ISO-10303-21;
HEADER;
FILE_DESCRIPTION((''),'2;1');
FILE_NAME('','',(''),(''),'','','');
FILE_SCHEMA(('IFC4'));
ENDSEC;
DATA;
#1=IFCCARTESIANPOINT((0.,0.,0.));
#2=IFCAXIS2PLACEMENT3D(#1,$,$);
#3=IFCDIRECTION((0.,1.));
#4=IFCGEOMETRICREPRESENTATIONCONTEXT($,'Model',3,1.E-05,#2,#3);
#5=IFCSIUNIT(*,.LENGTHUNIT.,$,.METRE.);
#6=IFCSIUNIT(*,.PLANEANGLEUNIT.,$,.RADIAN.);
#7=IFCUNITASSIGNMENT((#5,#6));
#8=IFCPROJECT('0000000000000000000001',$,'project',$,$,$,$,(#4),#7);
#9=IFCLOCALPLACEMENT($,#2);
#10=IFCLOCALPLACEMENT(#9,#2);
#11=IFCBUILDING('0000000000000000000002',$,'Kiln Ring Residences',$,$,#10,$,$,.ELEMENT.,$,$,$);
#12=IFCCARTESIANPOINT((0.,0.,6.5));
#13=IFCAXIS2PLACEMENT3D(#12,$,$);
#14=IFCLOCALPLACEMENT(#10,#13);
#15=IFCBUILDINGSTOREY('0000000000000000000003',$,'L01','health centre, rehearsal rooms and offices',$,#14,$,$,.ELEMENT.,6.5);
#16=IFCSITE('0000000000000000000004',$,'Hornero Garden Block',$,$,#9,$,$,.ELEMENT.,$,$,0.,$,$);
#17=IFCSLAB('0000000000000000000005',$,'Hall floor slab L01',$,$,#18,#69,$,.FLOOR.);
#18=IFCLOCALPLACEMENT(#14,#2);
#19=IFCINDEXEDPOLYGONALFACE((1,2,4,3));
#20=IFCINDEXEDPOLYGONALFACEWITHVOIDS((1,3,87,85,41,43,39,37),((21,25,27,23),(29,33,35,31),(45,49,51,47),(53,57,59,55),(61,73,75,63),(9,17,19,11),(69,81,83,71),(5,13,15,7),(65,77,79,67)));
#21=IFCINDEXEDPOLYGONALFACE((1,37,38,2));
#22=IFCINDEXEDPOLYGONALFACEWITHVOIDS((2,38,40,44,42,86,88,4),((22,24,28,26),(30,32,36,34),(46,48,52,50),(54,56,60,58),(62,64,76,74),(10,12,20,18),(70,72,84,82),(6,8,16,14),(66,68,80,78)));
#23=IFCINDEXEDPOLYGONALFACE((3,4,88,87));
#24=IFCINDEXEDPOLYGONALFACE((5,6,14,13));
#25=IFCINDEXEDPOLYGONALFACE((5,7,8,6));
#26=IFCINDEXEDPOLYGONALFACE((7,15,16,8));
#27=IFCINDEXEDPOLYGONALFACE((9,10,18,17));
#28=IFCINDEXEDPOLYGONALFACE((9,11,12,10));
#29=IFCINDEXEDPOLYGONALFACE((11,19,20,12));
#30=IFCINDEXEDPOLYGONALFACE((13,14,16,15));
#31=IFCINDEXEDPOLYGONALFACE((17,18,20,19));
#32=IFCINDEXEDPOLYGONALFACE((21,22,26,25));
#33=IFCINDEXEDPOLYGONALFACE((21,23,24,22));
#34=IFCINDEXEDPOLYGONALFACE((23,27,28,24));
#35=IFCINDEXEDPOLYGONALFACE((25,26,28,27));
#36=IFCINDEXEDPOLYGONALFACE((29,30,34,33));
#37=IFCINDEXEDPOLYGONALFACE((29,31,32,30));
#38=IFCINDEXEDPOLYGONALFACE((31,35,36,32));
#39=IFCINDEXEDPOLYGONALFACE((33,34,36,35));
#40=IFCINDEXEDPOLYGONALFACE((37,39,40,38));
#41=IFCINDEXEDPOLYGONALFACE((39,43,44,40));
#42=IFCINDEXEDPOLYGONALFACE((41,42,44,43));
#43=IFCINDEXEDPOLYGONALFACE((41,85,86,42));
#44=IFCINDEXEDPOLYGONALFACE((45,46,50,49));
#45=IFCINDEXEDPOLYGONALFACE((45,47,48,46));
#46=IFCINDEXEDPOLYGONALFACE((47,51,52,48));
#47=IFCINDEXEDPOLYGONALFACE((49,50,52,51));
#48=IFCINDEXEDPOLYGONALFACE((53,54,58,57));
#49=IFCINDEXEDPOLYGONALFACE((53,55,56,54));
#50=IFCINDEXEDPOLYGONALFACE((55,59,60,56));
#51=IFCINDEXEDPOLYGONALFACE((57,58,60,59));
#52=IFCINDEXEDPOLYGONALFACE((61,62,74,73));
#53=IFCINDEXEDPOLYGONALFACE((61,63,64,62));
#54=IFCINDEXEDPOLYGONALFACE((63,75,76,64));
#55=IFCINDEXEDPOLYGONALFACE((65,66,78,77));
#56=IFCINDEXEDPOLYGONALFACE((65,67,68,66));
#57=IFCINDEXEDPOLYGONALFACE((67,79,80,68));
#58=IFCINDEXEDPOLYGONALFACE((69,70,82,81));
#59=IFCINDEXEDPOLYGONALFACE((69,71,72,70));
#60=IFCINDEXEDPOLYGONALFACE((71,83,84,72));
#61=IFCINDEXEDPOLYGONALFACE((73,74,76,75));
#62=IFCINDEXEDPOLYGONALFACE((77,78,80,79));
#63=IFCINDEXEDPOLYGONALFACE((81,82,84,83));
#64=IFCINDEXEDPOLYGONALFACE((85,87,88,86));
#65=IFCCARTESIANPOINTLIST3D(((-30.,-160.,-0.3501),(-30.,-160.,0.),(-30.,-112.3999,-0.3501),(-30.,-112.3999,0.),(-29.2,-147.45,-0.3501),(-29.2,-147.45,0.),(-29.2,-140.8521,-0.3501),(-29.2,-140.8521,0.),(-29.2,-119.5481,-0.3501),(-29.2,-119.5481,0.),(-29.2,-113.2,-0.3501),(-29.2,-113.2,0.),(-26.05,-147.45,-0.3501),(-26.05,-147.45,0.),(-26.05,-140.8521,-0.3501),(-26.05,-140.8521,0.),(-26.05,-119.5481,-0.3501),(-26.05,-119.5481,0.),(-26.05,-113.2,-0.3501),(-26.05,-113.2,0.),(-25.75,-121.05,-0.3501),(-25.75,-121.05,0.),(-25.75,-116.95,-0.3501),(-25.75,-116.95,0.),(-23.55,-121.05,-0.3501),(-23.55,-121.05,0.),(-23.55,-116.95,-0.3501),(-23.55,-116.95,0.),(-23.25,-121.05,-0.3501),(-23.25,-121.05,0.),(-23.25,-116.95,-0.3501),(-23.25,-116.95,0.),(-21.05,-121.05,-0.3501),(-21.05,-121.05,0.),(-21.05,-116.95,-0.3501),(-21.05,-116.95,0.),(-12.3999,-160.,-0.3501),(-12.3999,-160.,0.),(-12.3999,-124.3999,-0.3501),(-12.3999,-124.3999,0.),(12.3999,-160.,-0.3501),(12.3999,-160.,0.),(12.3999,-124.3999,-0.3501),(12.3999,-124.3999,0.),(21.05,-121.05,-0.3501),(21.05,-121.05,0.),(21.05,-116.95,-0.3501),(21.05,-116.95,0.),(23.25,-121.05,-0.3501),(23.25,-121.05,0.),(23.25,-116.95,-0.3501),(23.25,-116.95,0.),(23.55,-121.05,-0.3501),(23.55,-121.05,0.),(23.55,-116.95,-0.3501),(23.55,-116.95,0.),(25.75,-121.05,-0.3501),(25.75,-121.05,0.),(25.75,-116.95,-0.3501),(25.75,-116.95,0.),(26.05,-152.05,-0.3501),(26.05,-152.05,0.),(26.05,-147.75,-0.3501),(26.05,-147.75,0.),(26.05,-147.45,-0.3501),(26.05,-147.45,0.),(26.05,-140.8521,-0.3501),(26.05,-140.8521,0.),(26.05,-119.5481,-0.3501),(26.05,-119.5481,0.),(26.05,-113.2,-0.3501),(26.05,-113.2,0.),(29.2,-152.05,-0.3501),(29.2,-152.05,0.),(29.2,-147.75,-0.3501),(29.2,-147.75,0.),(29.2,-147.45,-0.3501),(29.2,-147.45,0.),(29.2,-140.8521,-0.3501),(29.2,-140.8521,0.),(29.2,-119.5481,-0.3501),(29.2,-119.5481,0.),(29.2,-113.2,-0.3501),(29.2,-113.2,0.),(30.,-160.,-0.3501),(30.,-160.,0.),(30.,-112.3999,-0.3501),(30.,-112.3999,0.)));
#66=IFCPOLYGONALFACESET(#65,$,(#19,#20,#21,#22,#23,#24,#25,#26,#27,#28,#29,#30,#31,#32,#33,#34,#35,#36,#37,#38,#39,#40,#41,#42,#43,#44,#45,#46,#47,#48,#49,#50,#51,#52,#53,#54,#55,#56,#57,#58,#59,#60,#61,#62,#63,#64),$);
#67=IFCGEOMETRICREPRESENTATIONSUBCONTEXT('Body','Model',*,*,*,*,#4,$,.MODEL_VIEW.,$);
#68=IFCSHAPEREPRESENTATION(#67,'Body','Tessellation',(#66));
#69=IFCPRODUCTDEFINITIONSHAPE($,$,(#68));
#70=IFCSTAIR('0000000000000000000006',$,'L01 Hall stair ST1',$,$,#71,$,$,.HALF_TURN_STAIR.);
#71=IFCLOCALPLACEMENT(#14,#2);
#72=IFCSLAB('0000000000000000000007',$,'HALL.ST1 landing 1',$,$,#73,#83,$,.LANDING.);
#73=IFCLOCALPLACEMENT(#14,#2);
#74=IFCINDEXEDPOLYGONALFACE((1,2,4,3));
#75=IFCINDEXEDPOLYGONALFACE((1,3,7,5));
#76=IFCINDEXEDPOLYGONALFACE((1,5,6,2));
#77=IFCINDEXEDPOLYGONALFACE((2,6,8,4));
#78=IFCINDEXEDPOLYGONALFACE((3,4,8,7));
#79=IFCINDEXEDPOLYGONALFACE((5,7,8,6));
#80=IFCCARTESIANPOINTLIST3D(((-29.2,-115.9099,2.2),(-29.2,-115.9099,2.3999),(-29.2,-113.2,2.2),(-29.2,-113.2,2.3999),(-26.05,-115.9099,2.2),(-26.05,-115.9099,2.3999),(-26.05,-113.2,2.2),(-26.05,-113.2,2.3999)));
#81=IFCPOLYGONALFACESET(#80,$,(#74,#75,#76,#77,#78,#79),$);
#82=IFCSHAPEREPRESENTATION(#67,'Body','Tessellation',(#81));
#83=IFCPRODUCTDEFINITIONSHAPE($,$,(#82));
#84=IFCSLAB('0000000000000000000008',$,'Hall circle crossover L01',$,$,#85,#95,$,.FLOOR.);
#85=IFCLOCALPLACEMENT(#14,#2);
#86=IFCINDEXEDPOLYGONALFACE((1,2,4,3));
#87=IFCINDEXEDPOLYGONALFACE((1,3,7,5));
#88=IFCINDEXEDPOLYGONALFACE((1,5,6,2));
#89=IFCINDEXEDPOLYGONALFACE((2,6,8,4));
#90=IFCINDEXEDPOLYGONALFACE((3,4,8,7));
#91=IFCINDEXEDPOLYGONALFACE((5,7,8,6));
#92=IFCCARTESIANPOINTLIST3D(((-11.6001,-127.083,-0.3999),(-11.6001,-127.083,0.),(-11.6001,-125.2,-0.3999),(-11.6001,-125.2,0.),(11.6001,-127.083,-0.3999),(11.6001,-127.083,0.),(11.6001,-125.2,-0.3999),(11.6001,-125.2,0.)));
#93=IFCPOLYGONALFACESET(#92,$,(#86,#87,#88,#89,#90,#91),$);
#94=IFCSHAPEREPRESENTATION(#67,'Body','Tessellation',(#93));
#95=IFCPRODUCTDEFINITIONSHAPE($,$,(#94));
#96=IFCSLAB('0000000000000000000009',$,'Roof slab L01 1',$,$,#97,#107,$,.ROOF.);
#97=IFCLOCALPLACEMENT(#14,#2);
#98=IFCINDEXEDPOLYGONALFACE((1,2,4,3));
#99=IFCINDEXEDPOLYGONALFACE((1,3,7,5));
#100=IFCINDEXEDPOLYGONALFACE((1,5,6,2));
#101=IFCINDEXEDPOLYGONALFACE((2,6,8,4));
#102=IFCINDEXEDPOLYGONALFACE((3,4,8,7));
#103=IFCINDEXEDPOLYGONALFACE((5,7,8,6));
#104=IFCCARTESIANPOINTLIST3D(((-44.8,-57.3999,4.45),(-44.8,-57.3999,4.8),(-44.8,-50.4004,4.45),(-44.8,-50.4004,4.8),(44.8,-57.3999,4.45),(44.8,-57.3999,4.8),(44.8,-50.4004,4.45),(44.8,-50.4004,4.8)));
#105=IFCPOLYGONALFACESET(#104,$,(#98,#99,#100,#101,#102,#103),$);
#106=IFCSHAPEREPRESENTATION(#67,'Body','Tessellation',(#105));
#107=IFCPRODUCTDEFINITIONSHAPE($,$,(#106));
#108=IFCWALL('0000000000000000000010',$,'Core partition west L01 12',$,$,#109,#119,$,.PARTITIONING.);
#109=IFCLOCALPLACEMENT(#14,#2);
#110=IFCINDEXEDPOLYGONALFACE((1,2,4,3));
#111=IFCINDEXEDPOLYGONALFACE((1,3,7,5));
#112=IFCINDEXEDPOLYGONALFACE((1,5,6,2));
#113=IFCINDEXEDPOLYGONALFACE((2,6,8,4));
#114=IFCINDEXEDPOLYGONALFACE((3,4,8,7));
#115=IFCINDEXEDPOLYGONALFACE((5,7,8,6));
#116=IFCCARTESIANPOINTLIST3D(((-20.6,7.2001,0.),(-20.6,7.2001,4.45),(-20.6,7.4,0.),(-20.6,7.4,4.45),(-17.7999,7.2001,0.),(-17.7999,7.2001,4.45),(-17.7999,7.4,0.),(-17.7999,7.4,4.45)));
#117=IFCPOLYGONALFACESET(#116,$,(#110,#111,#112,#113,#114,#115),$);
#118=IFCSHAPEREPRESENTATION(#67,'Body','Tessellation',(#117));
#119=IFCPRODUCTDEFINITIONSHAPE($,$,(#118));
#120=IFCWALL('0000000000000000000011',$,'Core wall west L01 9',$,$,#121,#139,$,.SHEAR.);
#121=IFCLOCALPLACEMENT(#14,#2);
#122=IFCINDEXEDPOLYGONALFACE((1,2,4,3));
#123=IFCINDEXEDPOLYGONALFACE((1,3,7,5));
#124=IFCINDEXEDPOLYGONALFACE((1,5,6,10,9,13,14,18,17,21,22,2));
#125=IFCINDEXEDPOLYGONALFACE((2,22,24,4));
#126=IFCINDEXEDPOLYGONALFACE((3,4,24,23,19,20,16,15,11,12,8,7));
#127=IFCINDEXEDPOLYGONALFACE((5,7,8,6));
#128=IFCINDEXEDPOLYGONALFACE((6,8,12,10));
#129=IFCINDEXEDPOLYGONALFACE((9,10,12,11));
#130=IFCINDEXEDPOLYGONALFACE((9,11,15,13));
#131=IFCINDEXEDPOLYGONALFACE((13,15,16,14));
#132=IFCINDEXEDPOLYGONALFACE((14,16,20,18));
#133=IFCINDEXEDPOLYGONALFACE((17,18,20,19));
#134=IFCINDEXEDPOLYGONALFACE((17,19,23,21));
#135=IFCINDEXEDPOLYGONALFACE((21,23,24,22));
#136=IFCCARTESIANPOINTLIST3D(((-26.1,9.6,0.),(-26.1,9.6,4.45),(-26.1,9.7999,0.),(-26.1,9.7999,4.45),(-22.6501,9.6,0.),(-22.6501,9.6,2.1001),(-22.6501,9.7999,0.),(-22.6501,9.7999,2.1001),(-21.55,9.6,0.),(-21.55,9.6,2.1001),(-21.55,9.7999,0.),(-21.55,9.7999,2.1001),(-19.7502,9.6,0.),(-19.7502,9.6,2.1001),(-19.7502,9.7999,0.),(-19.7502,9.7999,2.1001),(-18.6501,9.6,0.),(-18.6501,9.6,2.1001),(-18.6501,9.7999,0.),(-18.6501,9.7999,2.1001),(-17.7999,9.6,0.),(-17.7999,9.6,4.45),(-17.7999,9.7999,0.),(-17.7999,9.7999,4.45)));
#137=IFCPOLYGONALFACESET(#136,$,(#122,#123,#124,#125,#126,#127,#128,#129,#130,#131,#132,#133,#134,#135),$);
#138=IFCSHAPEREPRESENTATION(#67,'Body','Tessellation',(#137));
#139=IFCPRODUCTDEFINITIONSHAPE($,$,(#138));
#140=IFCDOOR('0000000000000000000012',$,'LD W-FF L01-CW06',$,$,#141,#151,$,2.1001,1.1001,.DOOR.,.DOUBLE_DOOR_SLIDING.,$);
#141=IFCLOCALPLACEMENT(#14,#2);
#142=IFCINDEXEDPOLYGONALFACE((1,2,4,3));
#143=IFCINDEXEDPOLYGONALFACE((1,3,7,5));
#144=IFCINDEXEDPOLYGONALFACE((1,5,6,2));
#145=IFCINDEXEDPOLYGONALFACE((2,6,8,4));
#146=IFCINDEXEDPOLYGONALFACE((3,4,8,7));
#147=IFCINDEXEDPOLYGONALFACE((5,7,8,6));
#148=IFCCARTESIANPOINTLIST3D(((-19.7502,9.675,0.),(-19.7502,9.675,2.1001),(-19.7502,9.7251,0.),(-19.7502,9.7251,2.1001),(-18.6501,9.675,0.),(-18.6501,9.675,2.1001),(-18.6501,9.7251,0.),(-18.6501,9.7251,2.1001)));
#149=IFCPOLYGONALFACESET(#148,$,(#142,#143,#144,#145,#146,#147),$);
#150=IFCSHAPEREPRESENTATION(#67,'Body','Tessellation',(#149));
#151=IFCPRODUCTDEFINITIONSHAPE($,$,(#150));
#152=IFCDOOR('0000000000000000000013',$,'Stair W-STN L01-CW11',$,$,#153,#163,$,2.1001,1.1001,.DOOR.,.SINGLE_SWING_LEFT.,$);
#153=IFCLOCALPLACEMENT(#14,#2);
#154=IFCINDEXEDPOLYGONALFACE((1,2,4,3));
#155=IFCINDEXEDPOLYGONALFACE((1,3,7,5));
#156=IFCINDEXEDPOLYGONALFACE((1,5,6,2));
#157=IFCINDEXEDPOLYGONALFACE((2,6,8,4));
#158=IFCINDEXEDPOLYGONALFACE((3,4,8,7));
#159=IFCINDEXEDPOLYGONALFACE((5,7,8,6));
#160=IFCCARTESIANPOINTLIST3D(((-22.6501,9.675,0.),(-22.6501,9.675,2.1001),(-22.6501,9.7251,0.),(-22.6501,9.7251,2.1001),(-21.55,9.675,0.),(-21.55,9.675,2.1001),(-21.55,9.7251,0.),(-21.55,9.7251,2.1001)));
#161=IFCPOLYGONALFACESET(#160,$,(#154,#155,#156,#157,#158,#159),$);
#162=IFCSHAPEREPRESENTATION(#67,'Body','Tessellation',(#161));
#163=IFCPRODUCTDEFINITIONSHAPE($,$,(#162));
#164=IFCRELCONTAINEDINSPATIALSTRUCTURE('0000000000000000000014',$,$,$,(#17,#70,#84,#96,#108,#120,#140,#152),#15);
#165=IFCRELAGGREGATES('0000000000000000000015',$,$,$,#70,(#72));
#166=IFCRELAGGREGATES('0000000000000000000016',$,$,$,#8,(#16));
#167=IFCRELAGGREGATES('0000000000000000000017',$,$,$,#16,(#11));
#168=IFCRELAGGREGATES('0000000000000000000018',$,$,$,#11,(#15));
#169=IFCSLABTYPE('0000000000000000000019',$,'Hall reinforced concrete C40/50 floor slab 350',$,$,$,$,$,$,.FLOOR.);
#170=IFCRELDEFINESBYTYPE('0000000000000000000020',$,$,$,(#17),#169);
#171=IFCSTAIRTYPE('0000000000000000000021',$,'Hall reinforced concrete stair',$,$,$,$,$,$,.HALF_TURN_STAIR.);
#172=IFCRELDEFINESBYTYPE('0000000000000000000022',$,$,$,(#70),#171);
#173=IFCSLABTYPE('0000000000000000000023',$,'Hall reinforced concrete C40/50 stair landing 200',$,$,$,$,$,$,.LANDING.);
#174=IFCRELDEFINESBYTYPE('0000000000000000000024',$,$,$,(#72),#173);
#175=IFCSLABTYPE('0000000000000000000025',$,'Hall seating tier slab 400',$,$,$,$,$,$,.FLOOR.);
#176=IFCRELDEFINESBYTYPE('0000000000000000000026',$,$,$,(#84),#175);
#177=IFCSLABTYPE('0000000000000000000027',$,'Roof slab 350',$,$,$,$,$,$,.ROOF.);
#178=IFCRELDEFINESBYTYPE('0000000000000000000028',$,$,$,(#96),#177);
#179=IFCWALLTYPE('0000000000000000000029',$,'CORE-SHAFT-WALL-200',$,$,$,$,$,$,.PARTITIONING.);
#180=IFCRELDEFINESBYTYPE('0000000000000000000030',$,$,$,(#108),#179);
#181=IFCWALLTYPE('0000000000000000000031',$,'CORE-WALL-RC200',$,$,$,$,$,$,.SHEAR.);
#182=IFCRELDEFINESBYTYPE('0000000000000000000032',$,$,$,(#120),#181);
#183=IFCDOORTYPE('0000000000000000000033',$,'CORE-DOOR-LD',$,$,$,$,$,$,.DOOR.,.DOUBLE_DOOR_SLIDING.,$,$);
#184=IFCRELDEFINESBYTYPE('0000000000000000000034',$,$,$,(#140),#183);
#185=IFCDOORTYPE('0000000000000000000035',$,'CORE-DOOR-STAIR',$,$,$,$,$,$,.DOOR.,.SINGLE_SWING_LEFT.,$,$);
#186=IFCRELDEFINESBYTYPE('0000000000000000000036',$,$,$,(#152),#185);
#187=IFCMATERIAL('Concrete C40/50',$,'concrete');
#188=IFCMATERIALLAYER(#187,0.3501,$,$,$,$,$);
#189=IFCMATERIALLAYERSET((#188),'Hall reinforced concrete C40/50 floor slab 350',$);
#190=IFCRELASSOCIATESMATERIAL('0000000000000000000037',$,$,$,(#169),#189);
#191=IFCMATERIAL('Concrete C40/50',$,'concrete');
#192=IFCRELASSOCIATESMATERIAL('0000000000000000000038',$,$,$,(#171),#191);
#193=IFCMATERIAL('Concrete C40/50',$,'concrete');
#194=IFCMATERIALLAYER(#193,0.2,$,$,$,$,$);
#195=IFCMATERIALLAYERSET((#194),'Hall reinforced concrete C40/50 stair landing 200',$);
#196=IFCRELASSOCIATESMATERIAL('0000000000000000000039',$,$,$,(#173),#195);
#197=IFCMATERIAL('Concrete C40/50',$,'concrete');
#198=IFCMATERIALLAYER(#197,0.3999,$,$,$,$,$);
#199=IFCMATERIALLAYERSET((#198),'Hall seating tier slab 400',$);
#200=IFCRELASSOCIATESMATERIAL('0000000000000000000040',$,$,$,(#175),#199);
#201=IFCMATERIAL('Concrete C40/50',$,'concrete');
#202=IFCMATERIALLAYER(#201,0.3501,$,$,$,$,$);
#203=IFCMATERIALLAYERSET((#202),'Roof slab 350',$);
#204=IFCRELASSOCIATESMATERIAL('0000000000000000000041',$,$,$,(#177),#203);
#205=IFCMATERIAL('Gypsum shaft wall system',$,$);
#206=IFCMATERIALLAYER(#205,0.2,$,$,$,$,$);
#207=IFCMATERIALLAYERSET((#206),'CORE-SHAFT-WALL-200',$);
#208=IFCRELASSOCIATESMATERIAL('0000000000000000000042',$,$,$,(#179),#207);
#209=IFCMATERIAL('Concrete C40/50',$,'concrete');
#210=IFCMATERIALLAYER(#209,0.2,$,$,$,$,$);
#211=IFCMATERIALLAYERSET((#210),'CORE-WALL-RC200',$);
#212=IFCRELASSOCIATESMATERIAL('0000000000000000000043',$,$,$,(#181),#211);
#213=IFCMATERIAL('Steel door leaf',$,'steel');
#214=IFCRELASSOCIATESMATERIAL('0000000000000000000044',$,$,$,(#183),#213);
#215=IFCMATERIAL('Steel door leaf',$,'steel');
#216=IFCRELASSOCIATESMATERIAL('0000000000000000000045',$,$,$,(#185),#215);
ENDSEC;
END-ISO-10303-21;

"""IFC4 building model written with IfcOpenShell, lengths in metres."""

from ifc_helpers import new_model, si_unit, direction, frame, frame_2d, origin, place, context, subcontext, project, spatial, polyline, rectangle, outline, extrude, material, layer, layer_set, type_object, element, fill, aggregate, save


model = new_model("IFC4")

# Units and contexts
model_context = context("Model", 3, precision=1e-05, world=origin(), true_north=direction((0.0, 1.0)))
body_context = subcontext(model_context, "Body", "Model", "MODEL_VIEW")
ifc_project = project(units=[si_unit("LENGTHUNIT", "METRE"), si_unit("PLANEANGLEUNIT", "RADIAN")], contexts=[model_context])

# Site, building, storey
site_placement = place(None, origin())
site = spatial("IfcSite", under=ifc_project, at=site_placement, Name="Hornero Garden Block", CompositionType="ELEMENT", RefElevation=0.0)
building_placement = place(site_placement, origin())
building = spatial("IfcBuilding", under=site, at=building_placement, Name="Kiln Ring Residences", CompositionType="ELEMENT")
storey_placement = place(building_placement, frame((0.0, 0.0, 6.5)))
storey = spatial("IfcBuildingStorey", under=building, at=storey_placement, Name="L01", Description="health centre, rehearsal rooms and offices", CompositionType="ELEMENT", Elevation=6.5)

# Shared definitions
placement_1 = place(storey_placement, origin())
placement_2 = place(storey_placement, frame((0.0, 0.0, 2.2)))

# Slab
placement_3 = place(storey_placement, frame((0.0, 0.0, -0.3501)))
ifc_material_1 = material(Name="Concrete C40/50", Category="concrete")
ifc_layer_1 = layer(ifc_material_1, 0.3501)
ifc_layer_set_1 = layer_set([ifc_layer_1], Name="Hall reinforced concrete C40/50 floor slab 350")
slab_type_1 = type_object("IfcSlabType", Name="Hall reinforced concrete C40/50 floor slab 350", PredefinedType="FLOOR", material=ifc_layer_set_1)
element("IfcSlab", 1, at=placement_3, inside=storey, type_object=slab_type_1, Name="Hall floor slab L01", PredefinedType="FLOOR", context=body_context, shape_type="SweptSolid", body=[
    extrude(outline(polyline([(-30.0, -112.3999), (30.0, -112.3999), (30.0, -160.0), (12.3999, -160.0), (12.3999, -124.3999), (-12.3999, -124.3999), (-12.3999, -160.0), (-30.0, -160.0), (-30.0, -112.3999)]), holes=[polyline([(-25.75, -121.05), (-23.55, -121.05), (-23.55, -116.95), (-25.75, -116.95), (-25.75, -121.05)]), polyline([(-23.25, -116.95), (-23.25, -121.05), (-21.05, -121.05), (-21.05, -116.95), (-23.25, -116.95)]), polyline([(23.25, -116.95), (21.05, -116.95), (21.05, -121.05), (23.25, -121.05), (23.25, -116.95)]), polyline([(25.75, -121.05), (25.75, -116.95), (23.55, -116.95), (23.55, -121.05), (25.75, -121.05)]), polyline([(26.05, -152.05), (29.2, -152.05), (29.2, -147.75), (26.05, -147.75), (26.05, -152.05)]), polyline([(-26.05, -119.5481), (-26.05, -113.2), (-29.2, -113.2), (-29.2, -119.5481), (-26.05, -119.5481)]), polyline([(26.05, -119.5481), (29.2, -119.5481), (29.2, -113.2), (26.05, -113.2), (26.05, -119.5481)]), polyline([(-26.05, -147.45), (-26.05, -140.8521), (-29.2, -140.8521), (-29.2, -147.45), (-26.05, -147.45)]), polyline([(26.05, -147.45), (29.2, -147.45), (29.2, -140.8521), (26.05, -140.8521), (26.05, -147.45)])]), origin(), (0.0, 0.0, 1.0), 0.3501),
])

# Stair, slab
ifc_material_2 = material(Name="Concrete C40/50", Category="concrete")
stair_type_1 = type_object("IfcStairType", Name="Hall reinforced concrete stair", PredefinedType="HALF_TURN_STAIR", material=ifc_material_2)
stair_1 = element("IfcStair", 2, at=placement_1, inside=storey, type_object=stair_type_1, Name="L01 Hall stair ST1", PredefinedType="HALF_TURN_STAIR")
ifc_material_3 = material(Name="Concrete C40/50", Category="concrete")
ifc_layer_2 = layer(ifc_material_3, 0.2)
ifc_layer_set_2 = layer_set([ifc_layer_2], Name="Hall reinforced concrete C40/50 stair landing 200")
slab_type_2 = type_object("IfcSlabType", Name="Hall reinforced concrete C40/50 stair landing 200", PredefinedType="LANDING", material=ifc_layer_set_2)
slab_1 = element("IfcSlab", 3, at=placement_2, type_object=slab_type_2, Name="HALL.ST1 landing 1", PredefinedType="LANDING", context=body_context, shape_type="SweptSolid", body=[
    extrude(outline(polyline([(-26.05, -115.9099), (-26.05, -113.2), (-29.2, -113.2), (-29.2, -115.9099), (-26.05, -115.9099)])), origin(), (0.0, 0.0, 1.0), 0.2),
])
aggregate(stair_1, [slab_1])

# Slabs
ifc_material_4 = material(Name="Concrete C40/50", Category="concrete")
ifc_layer_3 = layer(ifc_material_4, 0.3999)
ifc_layer_set_3 = layer_set([ifc_layer_3], Name="Hall seating tier slab 400")
slab_type_3 = type_object("IfcSlabType", Name="Hall seating tier slab 400", PredefinedType="FLOOR", material=ifc_layer_set_3)
slab_2_placement = place(storey_placement, frame((0.0, 0.0, -0.3999)))
element("IfcSlab", 4, at=slab_2_placement, inside=storey, type_object=slab_type_3, Name="Hall circle crossover L01", PredefinedType="FLOOR", context=body_context, shape_type="SweptSolid", body=[
    extrude(outline(polyline([(-11.6001, -127.083), (11.6001, -127.083), (11.6001, -125.2), (-11.6001, -125.2), (-11.6001, -127.083)])), origin(), (0.0, 0.0, 1.0), 0.3999),
])
ifc_material_5 = material(Name="Concrete C40/50", Category="concrete")
ifc_layer_4 = layer(ifc_material_5, 0.3501)
ifc_layer_set_4 = layer_set([ifc_layer_4], Name="Roof slab 350")
slab_type_4 = type_object("IfcSlabType", Name="Roof slab 350", PredefinedType="ROOF", material=ifc_layer_set_4)
slab_3_placement = place(storey_placement, frame((0.0, 0.0, 4.45)))
element("IfcSlab", 5, at=slab_3_placement, inside=storey, type_object=slab_type_4, Name="Roof slab L01 1", PredefinedType="ROOF", context=body_context, shape_type="SweptSolid", body=[
    extrude(outline(polyline([(44.8, -50.4004), (-44.8, -50.4004), (-44.8, -57.3999), (44.8, -57.3999), (44.8, -50.4004)])), origin(), (0.0, 0.0, 1.0), 0.3501),
])

# Wall
ifc_material_6 = material(Name="Gypsum shaft wall system")
ifc_layer_5 = layer(ifc_material_6, 0.2)
ifc_layer_set_5 = layer_set([ifc_layer_5], Name="CORE-SHAFT-WALL-200")
wall_type_1 = type_object("IfcWallType", Name="CORE-SHAFT-WALL-200", PredefinedType="PARTITIONING", material=ifc_layer_set_5)
wall_1_placement = place(storey_placement, frame((-17.8, 7.3, 0.0), z_axis=(0.0, 0.0, 1.0), x_axis=(-1.0, 0.0, 0.0)))
element("IfcWall", 6, at=wall_1_placement, inside=storey, type_object=wall_type_1, Name="Core partition west L01 12", PredefinedType="PARTITIONING", context=body_context, shape_type="SweptSolid", body=[
    extrude(rectangle(XDim=2.8, YDim=0.2, at=frame_2d((1.3999, 0.0))), origin(), (0.0, 0.0, 1.0), 4.45),
])

# Wall, openings, doors
ifc_material_7 = material(Name="Concrete C40/50", Category="concrete")
ifc_layer_6 = layer(ifc_material_7, 0.2)
ifc_layer_set_6 = layer_set([ifc_layer_6], Name="CORE-WALL-RC200")
wall_type_2 = type_object("IfcWallType", Name="CORE-WALL-RC200", PredefinedType="SHEAR", material=ifc_layer_set_6)
wall_2_placement = place(storey_placement, frame((-17.8, 9.7, 0.0), z_axis=(0.0, 0.0, 1.0), x_axis=(-1.0, 0.0, 0.0)))
wall_2 = element("IfcWall", 7, at=wall_2_placement, inside=storey, type_object=wall_type_2, Name="Core wall west L01 9", PredefinedType="SHEAR", context=body_context, shape_type="SweptSolid", body=[
    extrude(rectangle(XDim=8.3, YDim=0.2, at=frame_2d((4.1499, 0.0))), origin(), (0.0, 0.0, 1.0), 4.45),
])
opening_1_placement = place(wall_2_placement, frame((0.8501, 0.0, 0.0)))
opening_1 = element("IfcOpeningElement", 8, at=opening_1_placement, cuts=wall_2, PredefinedType="OPENING", context=body_context, shape_type="SweptSolid", body=[
    extrude(rectangle(XDim=1.1001, YDim=2.1001, at=frame_2d((0.55, 1.05))), frame((0.0, 0.1099, 0.0), z_axis=(0.0, -1.0, 0.0), x_axis=(1.0, 0.0, 0.0)), (0.0, 0.0, 1.0), 0.22),
])
opening_2_placement = place(wall_2_placement, frame((3.75, 0.0, 0.0)))
opening_2 = element("IfcOpeningElement", 9, at=opening_2_placement, cuts=wall_2, PredefinedType="OPENING", context=body_context, shape_type="SweptSolid", body=[
    extrude(rectangle(XDim=1.1001, YDim=2.1001, at=frame_2d((0.55, 1.05))), frame((0.0, 0.1099, 0.0), z_axis=(0.0, -1.0, 0.0), x_axis=(1.0, 0.0, 0.0)), (0.0, 0.0, 1.0), 0.22),
])
ifc_material_8 = material(Name="Steel door leaf", Category="steel")
door_type_1 = type_object("IfcDoorType", Name="CORE-DOOR-LD", OperationType="DOUBLE_DOOR_SLIDING", PredefinedType="DOOR", material=ifc_material_8)
door_1_placement = place(opening_1_placement, origin())
door_1 = element("IfcDoor", 10, at=door_1_placement, inside=storey, type_object=door_type_1, Name="LD W-FF L01-CW06", OperationType="DOUBLE_DOOR_SLIDING", OverallHeight=2.1001, OverallWidth=1.1001, PredefinedType="DOOR", context=body_context, shape_type="SweptSolid", body=[
    extrude(rectangle(XDim=1.1001, YDim=2.1001, at=frame_2d((0.55, 1.05))), frame((0.0, 0.0249, 0.0), z_axis=(0.0, -1.0, 0.0), x_axis=(1.0, 0.0, 0.0)), (0.0, 0.0, 1.0), 0.05),
])
fill(opening_1, door_1)
ifc_material_9 = material(Name="Steel door leaf", Category="steel")
door_type_2 = type_object("IfcDoorType", Name="CORE-DOOR-STAIR", OperationType="SINGLE_SWING_LEFT", PredefinedType="DOOR", material=ifc_material_9)
door_2_placement = place(opening_2_placement, origin())
door_2 = element("IfcDoor", 11, at=door_2_placement, inside=storey, type_object=door_type_2, Name="Stair W-STN L01-CW11", OperationType="SINGLE_SWING_LEFT", OverallHeight=2.1001, OverallWidth=1.1001, PredefinedType="DOOR", context=body_context, shape_type="SweptSolid", body=[
    extrude(rectangle(XDim=1.1001, YDim=2.1001, at=frame_2d((0.55, 1.05))), frame((0.0, 0.0249, 0.0), z_axis=(0.0, -1.0, 0.0), x_axis=(1.0, 0.0, 0.0)), (0.0, 0.0, 1.0), 0.05),
])
fill(opening_2, door_2)

save(model, "model.ifc")
